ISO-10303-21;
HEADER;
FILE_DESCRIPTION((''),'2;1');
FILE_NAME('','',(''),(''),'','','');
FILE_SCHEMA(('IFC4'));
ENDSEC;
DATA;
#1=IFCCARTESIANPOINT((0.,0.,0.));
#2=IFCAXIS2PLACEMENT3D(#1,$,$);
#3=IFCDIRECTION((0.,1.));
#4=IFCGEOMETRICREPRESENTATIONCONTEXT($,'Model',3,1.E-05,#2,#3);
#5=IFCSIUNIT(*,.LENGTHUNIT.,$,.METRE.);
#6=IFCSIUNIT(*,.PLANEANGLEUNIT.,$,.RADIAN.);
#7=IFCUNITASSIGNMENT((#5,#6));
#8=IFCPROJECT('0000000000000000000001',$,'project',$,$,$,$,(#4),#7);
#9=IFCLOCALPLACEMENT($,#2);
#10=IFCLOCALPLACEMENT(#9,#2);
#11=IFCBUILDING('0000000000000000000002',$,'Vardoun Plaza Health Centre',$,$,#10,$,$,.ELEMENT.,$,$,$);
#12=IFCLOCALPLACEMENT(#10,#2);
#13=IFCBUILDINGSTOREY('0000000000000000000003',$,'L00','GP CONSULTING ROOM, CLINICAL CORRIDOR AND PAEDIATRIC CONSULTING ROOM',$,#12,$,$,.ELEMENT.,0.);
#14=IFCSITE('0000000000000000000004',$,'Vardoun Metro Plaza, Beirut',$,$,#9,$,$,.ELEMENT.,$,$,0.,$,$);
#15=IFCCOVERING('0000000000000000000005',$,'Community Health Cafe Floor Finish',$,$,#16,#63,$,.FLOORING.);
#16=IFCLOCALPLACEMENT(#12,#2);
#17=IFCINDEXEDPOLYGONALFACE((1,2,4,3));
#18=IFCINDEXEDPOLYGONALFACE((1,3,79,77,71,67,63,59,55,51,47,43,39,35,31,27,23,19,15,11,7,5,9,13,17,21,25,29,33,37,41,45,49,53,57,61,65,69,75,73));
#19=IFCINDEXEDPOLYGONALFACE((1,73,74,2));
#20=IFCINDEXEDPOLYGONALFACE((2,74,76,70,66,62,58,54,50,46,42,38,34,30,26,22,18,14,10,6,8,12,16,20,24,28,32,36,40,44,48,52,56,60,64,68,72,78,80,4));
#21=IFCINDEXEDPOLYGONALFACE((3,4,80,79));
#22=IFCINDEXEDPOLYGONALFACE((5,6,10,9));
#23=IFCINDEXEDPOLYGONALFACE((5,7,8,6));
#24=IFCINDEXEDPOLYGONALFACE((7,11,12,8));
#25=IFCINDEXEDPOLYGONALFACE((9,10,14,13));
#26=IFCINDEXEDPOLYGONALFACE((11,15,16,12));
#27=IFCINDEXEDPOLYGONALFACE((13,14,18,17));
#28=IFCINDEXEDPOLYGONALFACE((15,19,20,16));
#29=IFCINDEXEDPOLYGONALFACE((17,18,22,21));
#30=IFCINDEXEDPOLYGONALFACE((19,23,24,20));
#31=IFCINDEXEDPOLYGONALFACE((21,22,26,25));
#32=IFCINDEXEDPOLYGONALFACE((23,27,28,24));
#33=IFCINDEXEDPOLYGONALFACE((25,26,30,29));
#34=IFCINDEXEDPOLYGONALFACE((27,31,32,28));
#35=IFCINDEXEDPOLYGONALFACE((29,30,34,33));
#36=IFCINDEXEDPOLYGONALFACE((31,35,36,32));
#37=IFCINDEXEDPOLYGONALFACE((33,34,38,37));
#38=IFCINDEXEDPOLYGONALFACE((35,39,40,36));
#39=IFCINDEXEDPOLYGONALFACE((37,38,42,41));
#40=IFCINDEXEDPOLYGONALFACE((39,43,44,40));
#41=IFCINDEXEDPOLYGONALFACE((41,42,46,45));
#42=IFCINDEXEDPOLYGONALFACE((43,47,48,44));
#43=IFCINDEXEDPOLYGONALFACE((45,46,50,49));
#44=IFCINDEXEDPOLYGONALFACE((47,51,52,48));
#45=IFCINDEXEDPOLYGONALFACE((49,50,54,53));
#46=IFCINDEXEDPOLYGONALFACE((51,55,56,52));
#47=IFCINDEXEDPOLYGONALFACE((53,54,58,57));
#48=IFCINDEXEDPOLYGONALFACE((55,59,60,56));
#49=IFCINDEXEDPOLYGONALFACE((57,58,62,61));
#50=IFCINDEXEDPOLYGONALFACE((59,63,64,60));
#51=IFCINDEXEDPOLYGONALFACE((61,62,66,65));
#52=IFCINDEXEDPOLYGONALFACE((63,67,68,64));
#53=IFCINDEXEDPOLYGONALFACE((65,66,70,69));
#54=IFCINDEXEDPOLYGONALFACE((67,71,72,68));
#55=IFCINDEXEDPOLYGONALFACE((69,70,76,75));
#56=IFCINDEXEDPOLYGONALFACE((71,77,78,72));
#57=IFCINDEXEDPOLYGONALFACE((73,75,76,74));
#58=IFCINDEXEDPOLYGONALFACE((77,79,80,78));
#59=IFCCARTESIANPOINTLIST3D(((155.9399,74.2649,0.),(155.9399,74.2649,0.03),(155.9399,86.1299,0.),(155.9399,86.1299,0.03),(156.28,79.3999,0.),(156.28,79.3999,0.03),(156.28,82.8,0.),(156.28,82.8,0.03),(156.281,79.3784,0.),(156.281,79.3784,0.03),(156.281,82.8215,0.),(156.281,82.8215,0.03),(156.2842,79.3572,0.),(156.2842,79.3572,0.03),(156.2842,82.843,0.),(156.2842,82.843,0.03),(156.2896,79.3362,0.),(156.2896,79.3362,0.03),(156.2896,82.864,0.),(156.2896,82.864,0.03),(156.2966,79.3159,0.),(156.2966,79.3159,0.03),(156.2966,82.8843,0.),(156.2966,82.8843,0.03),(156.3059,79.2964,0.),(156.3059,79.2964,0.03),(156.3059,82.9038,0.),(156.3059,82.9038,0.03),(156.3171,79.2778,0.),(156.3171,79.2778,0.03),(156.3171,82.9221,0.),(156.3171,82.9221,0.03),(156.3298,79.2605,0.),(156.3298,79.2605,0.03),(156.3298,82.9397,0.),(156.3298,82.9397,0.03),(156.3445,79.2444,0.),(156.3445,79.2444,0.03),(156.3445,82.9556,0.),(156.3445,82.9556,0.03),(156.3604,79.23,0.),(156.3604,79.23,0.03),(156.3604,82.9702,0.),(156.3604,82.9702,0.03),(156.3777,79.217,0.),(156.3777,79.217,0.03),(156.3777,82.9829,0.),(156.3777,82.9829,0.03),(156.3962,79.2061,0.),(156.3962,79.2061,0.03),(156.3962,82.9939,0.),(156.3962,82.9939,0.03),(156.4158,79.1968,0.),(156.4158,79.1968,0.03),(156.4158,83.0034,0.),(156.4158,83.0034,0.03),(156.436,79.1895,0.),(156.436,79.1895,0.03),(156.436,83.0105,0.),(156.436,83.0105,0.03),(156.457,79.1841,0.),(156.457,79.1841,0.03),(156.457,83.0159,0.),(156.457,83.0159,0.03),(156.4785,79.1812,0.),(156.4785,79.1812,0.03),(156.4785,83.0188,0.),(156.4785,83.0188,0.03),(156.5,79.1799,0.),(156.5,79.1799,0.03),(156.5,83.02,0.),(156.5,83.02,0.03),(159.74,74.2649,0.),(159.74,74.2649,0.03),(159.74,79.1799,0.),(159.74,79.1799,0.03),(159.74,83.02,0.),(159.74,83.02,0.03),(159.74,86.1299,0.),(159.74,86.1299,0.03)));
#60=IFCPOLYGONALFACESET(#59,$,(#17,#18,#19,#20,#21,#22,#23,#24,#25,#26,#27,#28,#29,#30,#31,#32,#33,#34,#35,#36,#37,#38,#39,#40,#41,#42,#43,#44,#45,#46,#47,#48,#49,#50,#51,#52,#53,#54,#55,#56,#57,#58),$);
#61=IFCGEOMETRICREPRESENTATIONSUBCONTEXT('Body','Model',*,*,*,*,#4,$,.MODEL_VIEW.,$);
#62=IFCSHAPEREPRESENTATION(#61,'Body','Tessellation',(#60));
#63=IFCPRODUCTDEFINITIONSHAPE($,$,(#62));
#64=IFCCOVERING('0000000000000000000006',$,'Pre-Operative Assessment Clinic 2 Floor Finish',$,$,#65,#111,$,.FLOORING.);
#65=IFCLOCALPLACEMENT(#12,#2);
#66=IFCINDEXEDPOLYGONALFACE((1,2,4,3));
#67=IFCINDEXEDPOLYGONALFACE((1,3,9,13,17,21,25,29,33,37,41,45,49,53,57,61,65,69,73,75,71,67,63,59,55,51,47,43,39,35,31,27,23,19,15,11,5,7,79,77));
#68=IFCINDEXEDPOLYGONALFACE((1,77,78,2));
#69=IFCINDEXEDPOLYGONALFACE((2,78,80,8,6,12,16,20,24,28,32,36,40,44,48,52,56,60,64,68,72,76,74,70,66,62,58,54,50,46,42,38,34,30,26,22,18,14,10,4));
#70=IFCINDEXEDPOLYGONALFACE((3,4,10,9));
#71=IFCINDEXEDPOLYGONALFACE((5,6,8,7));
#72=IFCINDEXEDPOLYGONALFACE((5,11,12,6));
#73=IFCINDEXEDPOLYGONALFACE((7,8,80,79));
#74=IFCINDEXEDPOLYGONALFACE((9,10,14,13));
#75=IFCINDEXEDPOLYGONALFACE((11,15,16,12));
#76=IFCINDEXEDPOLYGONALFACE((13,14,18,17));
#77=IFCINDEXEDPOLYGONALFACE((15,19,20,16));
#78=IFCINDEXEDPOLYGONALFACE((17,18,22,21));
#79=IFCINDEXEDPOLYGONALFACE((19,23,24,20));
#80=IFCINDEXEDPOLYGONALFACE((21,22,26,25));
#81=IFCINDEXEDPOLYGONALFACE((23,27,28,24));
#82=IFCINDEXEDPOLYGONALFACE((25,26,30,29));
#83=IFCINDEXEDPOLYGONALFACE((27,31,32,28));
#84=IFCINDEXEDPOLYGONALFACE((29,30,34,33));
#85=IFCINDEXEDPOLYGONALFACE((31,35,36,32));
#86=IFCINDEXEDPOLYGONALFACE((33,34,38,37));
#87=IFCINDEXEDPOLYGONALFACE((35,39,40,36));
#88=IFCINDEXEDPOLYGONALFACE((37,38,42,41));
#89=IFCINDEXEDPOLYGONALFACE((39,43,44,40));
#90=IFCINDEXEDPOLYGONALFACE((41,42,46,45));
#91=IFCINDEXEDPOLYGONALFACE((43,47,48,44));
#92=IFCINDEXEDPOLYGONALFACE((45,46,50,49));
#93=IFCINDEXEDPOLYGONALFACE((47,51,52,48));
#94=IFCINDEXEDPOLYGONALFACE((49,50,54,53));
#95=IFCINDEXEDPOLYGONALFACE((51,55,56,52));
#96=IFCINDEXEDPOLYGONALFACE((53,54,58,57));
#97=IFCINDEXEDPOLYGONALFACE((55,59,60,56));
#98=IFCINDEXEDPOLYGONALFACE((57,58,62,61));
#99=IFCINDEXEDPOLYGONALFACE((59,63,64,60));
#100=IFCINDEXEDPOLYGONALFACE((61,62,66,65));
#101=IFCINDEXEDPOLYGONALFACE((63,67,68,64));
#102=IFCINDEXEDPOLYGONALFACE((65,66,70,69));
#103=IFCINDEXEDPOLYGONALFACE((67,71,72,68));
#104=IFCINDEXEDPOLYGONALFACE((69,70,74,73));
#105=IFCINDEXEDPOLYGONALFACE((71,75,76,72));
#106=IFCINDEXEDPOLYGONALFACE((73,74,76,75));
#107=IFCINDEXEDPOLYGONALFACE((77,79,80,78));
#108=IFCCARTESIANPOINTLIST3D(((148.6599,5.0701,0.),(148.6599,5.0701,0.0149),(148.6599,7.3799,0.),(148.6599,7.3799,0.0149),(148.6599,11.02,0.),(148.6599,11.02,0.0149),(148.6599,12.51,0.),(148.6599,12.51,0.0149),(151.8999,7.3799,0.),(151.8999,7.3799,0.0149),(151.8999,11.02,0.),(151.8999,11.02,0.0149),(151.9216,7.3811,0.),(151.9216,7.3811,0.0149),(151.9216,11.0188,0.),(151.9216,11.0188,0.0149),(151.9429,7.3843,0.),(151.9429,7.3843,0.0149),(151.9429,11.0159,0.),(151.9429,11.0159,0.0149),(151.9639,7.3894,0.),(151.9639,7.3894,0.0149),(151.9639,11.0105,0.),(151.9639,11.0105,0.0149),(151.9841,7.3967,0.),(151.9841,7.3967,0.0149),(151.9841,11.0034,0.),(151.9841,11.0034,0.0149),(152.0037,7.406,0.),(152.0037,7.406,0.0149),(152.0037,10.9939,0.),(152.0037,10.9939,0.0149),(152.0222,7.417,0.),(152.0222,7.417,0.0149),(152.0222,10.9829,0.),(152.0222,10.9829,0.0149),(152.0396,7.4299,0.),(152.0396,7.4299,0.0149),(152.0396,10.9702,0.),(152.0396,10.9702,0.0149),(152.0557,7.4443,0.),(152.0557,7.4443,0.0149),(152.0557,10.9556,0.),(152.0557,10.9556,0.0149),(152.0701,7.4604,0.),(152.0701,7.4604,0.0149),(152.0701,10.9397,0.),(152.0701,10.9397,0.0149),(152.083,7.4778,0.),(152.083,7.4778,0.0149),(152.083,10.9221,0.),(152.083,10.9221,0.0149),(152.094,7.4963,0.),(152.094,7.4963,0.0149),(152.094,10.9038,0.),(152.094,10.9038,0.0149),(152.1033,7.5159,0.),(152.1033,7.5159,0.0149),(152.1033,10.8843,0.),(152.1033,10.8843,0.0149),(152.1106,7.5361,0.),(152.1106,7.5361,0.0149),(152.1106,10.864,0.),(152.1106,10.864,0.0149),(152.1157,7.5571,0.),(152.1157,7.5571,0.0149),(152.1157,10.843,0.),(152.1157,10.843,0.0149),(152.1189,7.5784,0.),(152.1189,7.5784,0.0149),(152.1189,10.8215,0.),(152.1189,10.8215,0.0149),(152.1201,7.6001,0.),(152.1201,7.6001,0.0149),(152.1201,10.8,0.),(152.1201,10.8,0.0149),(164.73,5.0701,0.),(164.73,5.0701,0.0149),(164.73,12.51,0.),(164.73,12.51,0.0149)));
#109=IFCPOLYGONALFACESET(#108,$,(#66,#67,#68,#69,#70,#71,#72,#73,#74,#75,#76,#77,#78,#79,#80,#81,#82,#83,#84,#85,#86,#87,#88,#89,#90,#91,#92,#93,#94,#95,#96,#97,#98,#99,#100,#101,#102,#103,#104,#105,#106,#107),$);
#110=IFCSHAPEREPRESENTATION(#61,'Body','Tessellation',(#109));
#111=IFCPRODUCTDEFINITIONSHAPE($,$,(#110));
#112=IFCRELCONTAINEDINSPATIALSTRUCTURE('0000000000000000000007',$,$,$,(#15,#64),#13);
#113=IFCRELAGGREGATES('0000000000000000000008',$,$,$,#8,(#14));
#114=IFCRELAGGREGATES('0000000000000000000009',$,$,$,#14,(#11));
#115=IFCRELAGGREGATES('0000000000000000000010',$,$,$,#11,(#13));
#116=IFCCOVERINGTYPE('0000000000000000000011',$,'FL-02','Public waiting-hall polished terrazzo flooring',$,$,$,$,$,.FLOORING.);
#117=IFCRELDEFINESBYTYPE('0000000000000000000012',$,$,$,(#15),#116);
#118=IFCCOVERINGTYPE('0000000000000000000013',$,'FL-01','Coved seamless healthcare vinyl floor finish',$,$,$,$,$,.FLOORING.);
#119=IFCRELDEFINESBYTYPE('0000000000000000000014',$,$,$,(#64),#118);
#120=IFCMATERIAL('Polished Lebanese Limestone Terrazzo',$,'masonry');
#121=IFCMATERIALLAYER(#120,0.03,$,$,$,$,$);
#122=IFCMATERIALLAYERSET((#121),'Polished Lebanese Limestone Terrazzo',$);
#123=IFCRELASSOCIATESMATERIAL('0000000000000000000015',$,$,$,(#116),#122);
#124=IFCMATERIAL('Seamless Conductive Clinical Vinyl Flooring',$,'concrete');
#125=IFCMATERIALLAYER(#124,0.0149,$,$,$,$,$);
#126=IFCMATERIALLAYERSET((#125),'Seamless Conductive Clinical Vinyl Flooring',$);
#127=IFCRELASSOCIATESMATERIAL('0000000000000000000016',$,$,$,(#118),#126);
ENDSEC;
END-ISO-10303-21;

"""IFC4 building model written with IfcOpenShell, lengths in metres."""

from ifc_helpers import new_model, si_unit, direction, origin, place, context, subcontext, project, spatial, polyline, outline, extrude, material, layer, layer_set, type_object, element, save


model = new_model("IFC4")

# Units and contexts
model_context = context("Model", 3, precision=1e-05, world=origin(), true_north=direction((0.0, 1.0)))
body_context = subcontext(model_context, "Body", "Model", "MODEL_VIEW")
ifc_project = project(units=[si_unit("LENGTHUNIT", "METRE"), si_unit("PLANEANGLEUNIT", "RADIAN")], contexts=[model_context])

# Site, building, storey
site_placement = place(None, origin())
site = spatial("IfcSite", under=ifc_project, at=site_placement, Name="Vardoun Metro Plaza, Beirut", CompositionType="ELEMENT", RefElevation=0.0)
building_placement = place(site_placement, origin())
building = spatial("IfcBuilding", under=site, at=building_placement, Name="Vardoun Plaza Health Centre", CompositionType="ELEMENT")
storey_placement = place(building_placement, origin())
storey = spatial("IfcBuildingStorey", under=building, at=storey_placement, Name="L00", Description="GP CONSULTING ROOM, CLINICAL CORRIDOR AND PAEDIATRIC CONSULTING ROOM", CompositionType="ELEMENT", Elevation=0.0)

# Coverings
ifc_material_1 = material(Name="Polished Lebanese Limestone Terrazzo", Category="masonry")
ifc_layer_1 = layer(ifc_material_1, 0.03)
ifc_layer_set_1 = layer_set([ifc_layer_1], Name="Polished Lebanese Limestone Terrazzo")
covering_type_1 = type_object("IfcCoveringType", Name="FL-02", Description="Public waiting-hall polished terrazzo flooring", PredefinedType="FLOORING", material=ifc_layer_set_1)
covering_1_placement = place(storey_placement, origin())
element("IfcCovering", 1, at=covering_1_placement, inside=storey, type_object=covering_type_1, Name="Community Health Cafe Floor Finish", PredefinedType="FLOORING", context=body_context, shape_type="SweptSolid", body=[
    extrude(outline(polyline([(159.74, 86.1299), (159.74, 83.02), (156.5, 83.02), (156.4785, 83.0188), (156.457, 83.0159), (156.436, 83.0105), (156.4158, 83.0034), (156.3962, 82.9939), (156.3777, 82.9829), (156.3604, 82.9702), (156.3445, 82.9556), (156.3298, 82.9397), (156.3171, 82.9221), (156.3059, 82.9038), (156.2966, 82.8843), (156.2896, 82.864), (156.2842, 82.843), (156.281, 82.8215), (156.28, 82.8), (156.28, 79.3999), (156.281, 79.3784), (156.2842, 79.3572), (156.2896, 79.3362), (156.2966, 79.3159), (156.3059, 79.2964), (156.3171, 79.2778), (156.3298, 79.2605), (156.3445, 79.2444), (156.3604, 79.23), (156.3777, 79.217), (156.3962, 79.2061), (156.4158, 79.1968), (156.436, 79.1895), (156.457, 79.1841), (156.4785, 79.1812), (156.5, 79.1799), (159.74, 79.1799), (159.74, 74.2649), (155.9399, 74.2649), (155.9399, 86.1299), (159.74, 86.1299)])), origin(), (0.0, 0.0, 1.0), 0.03),
])
ifc_material_2 = material(Name="Seamless Conductive Clinical Vinyl Flooring", Category="concrete")
ifc_layer_2 = layer(ifc_material_2, 0.0149)
ifc_layer_set_2 = layer_set([ifc_layer_2], Name="Seamless Conductive Clinical Vinyl Flooring")
covering_type_2 = type_object("IfcCoveringType", Name="FL-01", Description="Coved seamless healthcare vinyl floor finish", PredefinedType="FLOORING", material=ifc_layer_set_2)
covering_2_placement = place(storey_placement, origin())
element("IfcCovering", 2, at=covering_2_placement, inside=storey, type_object=covering_type_2, Name="Pre-Operative Assessment Clinic 2 Floor Finish", PredefinedType="FLOORING", context=body_context, shape_type="SweptSolid", body=[
    extrude(outline(polyline([(148.6599, 5.0701), (148.6599, 7.3799), (151.8999, 7.3799), (151.9216, 7.3811), (151.9429, 7.3843), (151.9639, 7.3894), (151.9841, 7.3967), (152.0037, 7.406), (152.0222, 7.417), (152.0396, 7.4299), (152.0557, 7.4443), (152.0701, 7.4604), (152.083, 7.4778), (152.094, 7.4963), (152.1033, 7.5159), (152.1106, 7.5361), (152.1157, 7.5571), (152.1189, 7.5784), (152.1201, 7.6001), (152.1201, 10.8), (152.1189, 10.8215), (152.1157, 10.843), (152.1106, 10.864), (152.1033, 10.8843), (152.094, 10.9038), (152.083, 10.9221), (152.0701, 10.9397), (152.0557, 10.9556), (152.0396, 10.9702), (152.0222, 10.9829), (152.0037, 10.9939), (151.9841, 11.0034), (151.9639, 11.0105), (151.9429, 11.0159), (151.9216, 11.0188), (151.8999, 11.02), (148.6599, 11.02), (148.6599, 12.51), (164.73, 12.51), (164.73, 5.0701), (148.6599, 5.0701)])), origin(), (0.0, 0.0, 1.0), 0.0149),
])

save(model, "model.ifc")
